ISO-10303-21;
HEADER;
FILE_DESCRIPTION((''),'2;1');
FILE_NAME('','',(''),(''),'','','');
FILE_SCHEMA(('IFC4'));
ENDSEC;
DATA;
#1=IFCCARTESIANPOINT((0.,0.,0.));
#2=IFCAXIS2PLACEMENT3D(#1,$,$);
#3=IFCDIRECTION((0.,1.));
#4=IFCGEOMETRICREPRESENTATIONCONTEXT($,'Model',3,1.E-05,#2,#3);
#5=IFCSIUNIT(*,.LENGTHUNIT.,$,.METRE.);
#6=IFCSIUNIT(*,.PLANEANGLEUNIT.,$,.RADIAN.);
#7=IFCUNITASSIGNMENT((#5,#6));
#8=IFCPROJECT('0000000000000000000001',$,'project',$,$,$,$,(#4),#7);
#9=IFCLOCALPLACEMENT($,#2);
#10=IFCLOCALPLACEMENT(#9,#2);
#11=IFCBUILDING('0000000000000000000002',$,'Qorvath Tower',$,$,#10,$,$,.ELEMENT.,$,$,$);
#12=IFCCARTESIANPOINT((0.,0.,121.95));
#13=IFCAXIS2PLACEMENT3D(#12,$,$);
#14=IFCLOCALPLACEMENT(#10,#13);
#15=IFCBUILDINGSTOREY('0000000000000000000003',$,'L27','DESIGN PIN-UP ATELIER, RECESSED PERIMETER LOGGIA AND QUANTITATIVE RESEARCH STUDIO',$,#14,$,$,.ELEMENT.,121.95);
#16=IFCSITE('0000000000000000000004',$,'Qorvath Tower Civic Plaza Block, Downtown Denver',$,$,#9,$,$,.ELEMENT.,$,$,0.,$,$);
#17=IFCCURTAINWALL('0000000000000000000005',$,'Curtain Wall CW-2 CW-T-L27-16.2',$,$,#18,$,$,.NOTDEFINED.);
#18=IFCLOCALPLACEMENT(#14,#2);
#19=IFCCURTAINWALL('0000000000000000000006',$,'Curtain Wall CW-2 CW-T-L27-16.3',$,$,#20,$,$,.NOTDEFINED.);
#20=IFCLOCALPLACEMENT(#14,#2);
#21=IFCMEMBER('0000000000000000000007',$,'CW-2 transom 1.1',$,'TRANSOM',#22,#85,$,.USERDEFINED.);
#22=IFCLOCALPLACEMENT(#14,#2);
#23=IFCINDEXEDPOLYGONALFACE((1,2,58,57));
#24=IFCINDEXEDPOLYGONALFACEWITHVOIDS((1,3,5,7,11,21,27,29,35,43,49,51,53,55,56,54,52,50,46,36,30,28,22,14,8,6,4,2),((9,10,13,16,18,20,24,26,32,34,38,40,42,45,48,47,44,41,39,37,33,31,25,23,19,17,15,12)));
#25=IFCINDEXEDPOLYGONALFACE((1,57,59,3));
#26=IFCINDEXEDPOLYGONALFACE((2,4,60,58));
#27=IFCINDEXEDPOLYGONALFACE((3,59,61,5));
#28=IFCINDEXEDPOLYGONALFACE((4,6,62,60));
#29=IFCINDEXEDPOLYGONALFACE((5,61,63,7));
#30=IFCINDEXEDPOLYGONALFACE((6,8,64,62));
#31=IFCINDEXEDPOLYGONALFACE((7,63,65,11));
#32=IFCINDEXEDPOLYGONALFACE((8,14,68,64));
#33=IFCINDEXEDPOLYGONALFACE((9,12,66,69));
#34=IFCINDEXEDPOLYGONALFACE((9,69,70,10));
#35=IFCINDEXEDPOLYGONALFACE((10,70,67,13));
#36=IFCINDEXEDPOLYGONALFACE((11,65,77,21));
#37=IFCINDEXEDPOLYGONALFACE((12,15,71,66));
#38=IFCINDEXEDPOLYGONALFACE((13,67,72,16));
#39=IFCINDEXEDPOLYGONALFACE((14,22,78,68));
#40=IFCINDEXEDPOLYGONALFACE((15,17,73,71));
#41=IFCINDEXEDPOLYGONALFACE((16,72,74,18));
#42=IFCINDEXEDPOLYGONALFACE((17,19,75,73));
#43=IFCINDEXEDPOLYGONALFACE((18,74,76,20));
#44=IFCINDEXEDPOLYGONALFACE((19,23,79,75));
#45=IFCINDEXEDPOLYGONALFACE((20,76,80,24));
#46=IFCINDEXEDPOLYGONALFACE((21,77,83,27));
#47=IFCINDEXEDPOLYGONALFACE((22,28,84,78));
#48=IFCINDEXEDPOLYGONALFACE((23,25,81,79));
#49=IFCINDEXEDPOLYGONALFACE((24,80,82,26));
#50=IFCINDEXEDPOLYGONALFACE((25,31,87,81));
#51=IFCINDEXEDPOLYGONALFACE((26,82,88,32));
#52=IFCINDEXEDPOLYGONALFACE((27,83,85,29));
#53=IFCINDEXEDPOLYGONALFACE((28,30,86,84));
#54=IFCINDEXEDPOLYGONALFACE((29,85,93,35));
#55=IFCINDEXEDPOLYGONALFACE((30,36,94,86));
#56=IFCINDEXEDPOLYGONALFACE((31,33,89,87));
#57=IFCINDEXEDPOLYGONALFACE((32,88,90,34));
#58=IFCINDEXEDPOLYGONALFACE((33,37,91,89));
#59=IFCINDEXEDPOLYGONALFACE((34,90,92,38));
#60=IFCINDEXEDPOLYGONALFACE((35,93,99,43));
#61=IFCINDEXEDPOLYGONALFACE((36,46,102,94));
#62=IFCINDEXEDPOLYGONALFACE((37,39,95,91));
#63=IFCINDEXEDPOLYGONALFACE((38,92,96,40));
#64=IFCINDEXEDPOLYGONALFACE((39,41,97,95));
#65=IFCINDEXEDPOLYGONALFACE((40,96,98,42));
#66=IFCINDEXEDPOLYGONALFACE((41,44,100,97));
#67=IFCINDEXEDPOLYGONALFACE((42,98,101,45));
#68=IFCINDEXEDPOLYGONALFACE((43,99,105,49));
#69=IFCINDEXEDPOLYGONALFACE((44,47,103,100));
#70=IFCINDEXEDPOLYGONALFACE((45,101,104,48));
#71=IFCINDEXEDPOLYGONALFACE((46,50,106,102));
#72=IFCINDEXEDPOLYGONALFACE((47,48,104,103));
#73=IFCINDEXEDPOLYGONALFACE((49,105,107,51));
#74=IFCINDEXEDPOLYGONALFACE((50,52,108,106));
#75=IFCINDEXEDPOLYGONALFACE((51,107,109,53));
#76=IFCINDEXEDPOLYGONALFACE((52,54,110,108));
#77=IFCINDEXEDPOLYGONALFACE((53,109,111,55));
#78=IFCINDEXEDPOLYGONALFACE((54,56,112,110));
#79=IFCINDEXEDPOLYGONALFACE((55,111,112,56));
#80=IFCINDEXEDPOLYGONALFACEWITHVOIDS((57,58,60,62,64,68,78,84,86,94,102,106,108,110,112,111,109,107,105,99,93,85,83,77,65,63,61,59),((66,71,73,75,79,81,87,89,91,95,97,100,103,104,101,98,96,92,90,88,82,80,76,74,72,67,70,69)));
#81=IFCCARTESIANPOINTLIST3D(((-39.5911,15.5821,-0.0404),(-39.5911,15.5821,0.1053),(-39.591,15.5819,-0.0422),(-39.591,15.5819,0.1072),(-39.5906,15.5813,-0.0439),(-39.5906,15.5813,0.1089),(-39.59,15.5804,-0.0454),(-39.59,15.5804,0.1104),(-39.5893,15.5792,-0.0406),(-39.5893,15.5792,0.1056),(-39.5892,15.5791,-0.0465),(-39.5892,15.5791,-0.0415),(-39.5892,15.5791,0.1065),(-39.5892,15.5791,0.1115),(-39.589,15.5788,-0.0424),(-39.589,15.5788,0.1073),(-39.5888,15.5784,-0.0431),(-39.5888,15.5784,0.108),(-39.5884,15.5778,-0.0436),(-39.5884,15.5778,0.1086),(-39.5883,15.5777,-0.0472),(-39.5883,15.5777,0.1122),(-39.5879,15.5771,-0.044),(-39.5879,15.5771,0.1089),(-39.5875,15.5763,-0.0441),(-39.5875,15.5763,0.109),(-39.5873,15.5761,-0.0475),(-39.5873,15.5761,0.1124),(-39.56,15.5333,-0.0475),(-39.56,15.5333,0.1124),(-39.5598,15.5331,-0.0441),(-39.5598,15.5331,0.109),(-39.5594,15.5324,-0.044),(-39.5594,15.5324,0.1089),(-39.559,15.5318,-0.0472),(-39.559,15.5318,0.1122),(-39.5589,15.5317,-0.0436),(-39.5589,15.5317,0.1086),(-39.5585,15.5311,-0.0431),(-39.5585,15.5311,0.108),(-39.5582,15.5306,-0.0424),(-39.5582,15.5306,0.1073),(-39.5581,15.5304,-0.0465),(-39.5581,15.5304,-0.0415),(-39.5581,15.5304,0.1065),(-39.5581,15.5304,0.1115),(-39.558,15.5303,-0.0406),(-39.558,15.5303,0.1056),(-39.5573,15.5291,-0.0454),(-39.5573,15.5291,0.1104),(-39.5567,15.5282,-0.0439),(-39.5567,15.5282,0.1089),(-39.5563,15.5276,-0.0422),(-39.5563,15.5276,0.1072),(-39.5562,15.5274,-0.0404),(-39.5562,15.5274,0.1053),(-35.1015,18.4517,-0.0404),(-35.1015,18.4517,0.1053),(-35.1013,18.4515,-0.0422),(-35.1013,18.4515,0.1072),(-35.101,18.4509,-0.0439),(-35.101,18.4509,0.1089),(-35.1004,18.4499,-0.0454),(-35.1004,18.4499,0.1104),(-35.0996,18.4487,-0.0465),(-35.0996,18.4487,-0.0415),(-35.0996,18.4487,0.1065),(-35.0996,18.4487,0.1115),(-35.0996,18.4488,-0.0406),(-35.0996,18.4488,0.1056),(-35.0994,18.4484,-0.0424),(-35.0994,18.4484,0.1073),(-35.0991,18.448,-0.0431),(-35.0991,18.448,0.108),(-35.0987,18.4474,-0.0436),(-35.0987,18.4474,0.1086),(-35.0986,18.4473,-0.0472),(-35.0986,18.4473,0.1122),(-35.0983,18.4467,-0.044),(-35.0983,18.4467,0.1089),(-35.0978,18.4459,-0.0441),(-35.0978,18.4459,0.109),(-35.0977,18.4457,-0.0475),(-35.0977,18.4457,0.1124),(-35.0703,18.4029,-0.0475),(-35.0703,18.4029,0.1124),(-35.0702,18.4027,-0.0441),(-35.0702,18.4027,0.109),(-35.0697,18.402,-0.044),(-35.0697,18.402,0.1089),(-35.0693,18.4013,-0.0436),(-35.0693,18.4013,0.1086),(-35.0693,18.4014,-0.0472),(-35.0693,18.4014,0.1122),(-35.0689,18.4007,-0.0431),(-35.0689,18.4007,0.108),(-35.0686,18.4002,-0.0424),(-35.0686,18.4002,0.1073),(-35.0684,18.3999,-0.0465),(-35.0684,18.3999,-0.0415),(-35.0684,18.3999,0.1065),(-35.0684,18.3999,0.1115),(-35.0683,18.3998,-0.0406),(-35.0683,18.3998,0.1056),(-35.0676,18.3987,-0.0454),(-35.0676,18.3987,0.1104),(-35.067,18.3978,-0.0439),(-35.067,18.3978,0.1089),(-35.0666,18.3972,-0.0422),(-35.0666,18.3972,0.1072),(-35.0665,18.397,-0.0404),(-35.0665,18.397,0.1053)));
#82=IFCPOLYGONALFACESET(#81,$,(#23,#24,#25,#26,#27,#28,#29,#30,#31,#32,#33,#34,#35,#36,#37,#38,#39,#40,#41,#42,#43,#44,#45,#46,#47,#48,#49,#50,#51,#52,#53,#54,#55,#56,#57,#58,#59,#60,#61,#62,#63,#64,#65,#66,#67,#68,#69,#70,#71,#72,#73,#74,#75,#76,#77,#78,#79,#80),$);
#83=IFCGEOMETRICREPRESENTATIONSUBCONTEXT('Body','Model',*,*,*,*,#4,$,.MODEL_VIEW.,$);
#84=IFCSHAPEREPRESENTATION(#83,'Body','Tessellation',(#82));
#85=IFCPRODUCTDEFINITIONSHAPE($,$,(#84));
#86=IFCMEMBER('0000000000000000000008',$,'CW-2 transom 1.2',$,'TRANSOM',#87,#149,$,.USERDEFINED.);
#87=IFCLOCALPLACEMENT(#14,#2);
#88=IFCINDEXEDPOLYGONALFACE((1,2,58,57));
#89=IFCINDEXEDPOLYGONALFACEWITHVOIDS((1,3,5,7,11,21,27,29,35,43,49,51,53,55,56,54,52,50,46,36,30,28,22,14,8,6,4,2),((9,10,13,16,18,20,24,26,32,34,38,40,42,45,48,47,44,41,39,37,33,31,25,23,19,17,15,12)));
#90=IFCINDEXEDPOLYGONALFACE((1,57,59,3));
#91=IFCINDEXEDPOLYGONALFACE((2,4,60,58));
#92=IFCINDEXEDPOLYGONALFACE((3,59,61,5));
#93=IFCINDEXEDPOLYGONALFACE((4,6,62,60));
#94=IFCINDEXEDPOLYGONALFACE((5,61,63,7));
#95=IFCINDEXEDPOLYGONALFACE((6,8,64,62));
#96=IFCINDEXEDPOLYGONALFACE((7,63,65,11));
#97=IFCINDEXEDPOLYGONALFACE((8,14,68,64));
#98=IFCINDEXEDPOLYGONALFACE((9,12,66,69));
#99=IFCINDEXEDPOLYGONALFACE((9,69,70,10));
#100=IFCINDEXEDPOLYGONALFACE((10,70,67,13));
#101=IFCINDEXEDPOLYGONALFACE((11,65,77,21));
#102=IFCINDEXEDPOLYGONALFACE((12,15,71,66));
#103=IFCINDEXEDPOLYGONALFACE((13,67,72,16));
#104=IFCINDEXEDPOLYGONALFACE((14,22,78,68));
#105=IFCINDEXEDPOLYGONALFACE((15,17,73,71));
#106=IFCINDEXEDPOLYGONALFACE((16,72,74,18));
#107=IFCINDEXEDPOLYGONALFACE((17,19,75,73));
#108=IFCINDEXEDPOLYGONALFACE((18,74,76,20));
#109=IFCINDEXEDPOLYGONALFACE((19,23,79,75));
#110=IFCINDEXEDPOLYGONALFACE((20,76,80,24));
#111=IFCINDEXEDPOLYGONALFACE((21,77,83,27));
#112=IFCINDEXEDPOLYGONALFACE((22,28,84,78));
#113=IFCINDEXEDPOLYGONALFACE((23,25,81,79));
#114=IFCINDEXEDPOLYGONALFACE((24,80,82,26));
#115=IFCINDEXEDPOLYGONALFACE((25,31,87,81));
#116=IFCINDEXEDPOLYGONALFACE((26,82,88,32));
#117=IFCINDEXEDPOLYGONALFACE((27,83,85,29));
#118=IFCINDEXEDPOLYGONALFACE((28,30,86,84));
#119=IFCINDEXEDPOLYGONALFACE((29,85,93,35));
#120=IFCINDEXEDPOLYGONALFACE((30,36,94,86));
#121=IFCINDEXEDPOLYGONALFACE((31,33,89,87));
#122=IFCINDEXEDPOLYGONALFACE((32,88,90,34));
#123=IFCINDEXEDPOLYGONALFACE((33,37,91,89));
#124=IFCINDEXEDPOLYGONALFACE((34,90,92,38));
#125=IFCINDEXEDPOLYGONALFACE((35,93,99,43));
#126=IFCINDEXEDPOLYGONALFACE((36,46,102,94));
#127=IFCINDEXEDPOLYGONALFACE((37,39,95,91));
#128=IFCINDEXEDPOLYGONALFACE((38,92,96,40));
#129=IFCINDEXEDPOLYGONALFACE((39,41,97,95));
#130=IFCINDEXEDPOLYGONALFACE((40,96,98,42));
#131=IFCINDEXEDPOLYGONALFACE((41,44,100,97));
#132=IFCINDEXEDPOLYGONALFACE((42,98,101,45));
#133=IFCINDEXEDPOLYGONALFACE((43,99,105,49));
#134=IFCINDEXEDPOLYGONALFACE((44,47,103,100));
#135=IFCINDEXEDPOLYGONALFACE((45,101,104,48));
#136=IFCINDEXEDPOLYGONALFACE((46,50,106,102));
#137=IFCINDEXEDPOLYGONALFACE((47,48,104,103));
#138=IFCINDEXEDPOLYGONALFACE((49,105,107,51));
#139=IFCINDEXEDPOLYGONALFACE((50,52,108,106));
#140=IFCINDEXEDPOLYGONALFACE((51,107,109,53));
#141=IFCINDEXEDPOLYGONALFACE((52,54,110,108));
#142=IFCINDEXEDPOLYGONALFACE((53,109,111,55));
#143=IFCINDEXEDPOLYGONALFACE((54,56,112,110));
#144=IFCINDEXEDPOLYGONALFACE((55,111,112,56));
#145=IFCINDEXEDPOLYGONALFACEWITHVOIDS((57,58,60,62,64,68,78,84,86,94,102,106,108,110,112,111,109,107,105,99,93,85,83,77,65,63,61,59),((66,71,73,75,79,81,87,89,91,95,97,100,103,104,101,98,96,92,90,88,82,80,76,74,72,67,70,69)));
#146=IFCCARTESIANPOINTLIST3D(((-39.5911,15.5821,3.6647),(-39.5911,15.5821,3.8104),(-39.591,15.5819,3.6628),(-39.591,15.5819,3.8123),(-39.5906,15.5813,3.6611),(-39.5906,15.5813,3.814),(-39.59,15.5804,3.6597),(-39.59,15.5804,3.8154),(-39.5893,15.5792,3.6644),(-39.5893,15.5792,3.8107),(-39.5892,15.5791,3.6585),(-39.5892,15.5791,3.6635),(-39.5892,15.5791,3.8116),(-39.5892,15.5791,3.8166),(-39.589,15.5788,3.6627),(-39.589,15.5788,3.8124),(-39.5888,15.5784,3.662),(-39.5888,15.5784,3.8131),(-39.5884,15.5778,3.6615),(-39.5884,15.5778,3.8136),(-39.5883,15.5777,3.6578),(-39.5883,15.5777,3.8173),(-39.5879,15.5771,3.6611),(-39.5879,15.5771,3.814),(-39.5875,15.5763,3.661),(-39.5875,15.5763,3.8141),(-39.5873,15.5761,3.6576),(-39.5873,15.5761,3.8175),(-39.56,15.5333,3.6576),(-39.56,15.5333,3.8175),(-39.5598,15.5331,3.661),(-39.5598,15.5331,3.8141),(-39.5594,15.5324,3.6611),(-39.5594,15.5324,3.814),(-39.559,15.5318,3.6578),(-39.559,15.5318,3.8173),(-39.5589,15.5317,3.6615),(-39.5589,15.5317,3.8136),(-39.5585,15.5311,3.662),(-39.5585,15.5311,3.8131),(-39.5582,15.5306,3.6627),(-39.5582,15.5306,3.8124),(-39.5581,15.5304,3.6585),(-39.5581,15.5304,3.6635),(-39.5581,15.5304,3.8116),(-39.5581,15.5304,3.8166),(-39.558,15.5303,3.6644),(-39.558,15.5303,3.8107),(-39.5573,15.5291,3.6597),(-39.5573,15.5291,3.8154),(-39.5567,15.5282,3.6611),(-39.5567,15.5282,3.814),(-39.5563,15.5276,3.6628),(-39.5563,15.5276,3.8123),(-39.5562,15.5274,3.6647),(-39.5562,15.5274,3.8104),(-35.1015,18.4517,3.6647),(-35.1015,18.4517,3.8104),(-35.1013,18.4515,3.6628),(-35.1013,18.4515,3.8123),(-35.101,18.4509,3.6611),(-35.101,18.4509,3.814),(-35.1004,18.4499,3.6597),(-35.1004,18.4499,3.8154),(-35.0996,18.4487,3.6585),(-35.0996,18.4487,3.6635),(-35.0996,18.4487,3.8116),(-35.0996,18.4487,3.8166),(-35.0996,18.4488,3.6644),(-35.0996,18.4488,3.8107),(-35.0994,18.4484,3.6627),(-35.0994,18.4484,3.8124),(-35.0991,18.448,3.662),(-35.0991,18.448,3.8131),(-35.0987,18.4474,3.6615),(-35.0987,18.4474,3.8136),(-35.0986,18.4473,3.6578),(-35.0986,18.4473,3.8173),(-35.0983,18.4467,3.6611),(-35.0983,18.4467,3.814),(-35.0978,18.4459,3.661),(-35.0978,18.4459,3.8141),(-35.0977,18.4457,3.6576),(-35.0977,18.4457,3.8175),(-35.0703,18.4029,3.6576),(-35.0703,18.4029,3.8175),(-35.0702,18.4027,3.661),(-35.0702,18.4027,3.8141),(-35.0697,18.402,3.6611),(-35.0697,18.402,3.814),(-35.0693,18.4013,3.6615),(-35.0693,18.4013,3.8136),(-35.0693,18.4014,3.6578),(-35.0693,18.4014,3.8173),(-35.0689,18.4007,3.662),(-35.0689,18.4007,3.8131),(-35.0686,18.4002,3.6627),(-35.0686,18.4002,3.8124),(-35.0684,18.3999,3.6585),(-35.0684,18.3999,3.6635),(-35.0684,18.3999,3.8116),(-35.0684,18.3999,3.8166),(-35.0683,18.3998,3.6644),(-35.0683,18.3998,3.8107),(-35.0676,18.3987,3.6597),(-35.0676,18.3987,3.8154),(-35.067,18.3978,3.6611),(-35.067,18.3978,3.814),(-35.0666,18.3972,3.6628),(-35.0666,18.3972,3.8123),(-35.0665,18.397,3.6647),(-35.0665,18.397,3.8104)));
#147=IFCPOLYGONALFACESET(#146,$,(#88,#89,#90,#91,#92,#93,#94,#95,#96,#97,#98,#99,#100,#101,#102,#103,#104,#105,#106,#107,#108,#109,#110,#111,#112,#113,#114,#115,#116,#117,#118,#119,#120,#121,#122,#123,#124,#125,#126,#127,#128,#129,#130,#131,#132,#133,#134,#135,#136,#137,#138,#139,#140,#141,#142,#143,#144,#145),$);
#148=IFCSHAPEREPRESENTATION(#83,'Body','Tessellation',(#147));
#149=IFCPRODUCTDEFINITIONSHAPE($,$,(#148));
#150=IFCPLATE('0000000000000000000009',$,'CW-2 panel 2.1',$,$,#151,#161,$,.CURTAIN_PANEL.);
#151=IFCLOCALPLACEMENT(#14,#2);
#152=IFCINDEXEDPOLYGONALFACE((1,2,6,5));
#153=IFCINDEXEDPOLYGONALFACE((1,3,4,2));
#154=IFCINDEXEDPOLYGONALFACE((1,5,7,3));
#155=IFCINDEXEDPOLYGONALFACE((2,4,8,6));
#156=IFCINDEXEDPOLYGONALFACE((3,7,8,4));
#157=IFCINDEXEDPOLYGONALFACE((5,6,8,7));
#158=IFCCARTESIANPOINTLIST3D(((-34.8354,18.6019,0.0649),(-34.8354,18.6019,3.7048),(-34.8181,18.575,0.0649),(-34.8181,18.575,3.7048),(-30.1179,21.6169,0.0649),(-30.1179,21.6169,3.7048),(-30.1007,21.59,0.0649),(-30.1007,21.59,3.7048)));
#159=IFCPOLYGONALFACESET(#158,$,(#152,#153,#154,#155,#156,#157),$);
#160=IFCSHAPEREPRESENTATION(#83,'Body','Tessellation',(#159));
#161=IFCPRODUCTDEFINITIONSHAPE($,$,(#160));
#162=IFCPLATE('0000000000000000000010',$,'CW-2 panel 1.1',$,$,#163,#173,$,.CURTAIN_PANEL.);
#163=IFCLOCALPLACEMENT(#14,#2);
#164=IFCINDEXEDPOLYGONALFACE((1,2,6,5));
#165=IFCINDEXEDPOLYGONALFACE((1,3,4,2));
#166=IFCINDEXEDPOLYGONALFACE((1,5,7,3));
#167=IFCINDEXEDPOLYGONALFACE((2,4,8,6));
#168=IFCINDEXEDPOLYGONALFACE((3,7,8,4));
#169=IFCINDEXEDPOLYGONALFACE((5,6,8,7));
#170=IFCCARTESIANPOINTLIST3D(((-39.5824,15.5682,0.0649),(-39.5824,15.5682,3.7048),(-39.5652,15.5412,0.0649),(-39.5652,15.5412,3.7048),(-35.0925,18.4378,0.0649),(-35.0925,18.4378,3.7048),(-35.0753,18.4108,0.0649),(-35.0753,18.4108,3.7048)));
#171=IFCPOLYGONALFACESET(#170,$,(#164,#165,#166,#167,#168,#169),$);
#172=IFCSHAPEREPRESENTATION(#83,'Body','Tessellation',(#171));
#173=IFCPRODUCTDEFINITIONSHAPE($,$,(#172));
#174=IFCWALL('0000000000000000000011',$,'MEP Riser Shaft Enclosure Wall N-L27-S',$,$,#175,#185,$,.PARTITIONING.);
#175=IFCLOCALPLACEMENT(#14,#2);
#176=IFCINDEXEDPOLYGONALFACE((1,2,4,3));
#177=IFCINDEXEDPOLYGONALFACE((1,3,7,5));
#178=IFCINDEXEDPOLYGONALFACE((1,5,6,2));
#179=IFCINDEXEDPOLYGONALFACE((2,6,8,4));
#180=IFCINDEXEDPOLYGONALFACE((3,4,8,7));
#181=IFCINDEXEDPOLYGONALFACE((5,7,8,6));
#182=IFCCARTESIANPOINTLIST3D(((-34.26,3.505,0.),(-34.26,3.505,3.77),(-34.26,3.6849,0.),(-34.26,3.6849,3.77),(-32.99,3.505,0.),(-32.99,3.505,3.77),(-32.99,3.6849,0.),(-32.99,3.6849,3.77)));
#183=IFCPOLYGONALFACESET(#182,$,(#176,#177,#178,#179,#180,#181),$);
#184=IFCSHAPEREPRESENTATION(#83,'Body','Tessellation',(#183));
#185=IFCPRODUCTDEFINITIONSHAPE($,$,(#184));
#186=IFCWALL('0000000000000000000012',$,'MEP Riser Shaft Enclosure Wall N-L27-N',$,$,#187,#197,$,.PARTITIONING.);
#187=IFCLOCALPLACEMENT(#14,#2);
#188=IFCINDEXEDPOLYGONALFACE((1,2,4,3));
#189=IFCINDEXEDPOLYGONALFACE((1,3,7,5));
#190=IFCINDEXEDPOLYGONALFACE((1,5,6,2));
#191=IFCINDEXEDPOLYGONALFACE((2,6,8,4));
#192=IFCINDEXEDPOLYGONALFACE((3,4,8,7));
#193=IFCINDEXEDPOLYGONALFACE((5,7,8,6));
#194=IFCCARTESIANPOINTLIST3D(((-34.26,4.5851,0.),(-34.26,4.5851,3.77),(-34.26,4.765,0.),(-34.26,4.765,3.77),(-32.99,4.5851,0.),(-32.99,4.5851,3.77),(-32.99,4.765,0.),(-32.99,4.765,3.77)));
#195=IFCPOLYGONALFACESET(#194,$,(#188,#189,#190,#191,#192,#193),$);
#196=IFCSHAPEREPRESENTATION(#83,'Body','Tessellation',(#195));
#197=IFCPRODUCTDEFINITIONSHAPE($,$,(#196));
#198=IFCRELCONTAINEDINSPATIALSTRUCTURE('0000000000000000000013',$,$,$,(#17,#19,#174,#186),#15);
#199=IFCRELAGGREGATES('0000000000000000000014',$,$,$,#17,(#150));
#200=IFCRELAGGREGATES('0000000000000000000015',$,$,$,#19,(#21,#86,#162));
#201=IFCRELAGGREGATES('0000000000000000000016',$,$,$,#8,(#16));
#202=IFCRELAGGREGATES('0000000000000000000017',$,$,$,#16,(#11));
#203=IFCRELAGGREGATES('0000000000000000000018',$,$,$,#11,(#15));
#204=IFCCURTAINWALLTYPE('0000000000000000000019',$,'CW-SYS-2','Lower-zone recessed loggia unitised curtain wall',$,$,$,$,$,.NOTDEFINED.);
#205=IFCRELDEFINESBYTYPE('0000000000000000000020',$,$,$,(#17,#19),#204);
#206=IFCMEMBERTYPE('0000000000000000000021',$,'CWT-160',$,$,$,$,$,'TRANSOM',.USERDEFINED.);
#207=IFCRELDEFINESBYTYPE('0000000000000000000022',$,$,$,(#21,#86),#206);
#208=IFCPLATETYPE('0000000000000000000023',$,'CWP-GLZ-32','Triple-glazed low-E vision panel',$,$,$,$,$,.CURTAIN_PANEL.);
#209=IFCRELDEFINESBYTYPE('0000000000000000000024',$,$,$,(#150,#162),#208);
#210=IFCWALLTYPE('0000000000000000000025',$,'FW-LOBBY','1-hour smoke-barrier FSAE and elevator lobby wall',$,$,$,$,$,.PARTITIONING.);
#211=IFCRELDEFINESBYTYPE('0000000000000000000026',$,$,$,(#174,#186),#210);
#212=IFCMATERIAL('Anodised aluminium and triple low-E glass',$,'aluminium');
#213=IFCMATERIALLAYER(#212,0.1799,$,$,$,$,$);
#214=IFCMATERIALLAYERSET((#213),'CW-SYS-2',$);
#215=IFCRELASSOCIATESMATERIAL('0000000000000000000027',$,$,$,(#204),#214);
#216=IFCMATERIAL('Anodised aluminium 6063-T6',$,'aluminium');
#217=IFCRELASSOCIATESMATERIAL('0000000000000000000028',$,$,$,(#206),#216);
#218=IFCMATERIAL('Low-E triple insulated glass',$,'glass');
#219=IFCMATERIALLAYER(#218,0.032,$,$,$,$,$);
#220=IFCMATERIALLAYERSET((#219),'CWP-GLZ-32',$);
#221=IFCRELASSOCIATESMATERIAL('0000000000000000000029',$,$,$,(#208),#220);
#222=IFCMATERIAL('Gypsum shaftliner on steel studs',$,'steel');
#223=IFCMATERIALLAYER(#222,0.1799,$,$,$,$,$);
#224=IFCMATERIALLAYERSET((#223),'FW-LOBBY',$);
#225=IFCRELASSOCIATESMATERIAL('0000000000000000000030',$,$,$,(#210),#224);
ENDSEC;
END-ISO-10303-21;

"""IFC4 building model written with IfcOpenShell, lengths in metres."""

from ifc_helpers import new_model, si_unit, direction, frame, frame_2d, origin, origin_2d, place, context, subcontext, project, spatial, rectangle, hollow_rectangle, extrude, material, layer, layer_set, material_profile, profile_set, type_object, element, aggregate, save


model = new_model("IFC4")

# Units and contexts
model_context = context("Model", 3, precision=1e-05, world=origin(), true_north=direction((0.0, 1.0)))
body_context = subcontext(model_context, "Body", "Model", "MODEL_VIEW")
ifc_project = project(units=[si_unit("LENGTHUNIT", "METRE"), si_unit("PLANEANGLEUNIT", "RADIAN")], contexts=[model_context])

# Site, building, storey
site_placement = place(None, origin())
site = spatial("IfcSite", under=ifc_project, at=site_placement, Name="Qorvath Tower Civic Plaza Block, Downtown Denver", CompositionType="ELEMENT", RefElevation=0.0)
building_placement = place(site_placement, origin())
building = spatial("IfcBuilding", under=site, at=building_placement, Name="Qorvath Tower", CompositionType="ELEMENT")
storey_placement = place(building_placement, frame((0.0, 0.0, 121.95)))
storey = spatial("IfcBuildingStorey", under=building, at=storey_placement, Name="L27", Description="DESIGN PIN-UP ATELIER, RECESSED PERIMETER LOGGIA AND QUANTITATIVE RESEARCH STUDIO", CompositionType="ELEMENT", Elevation=121.95)

# Curtain wall
ifc_material_1 = material(Name="Anodised aluminium and triple low-E glass", Category="aluminium")
ifc_layer_1 = layer(ifc_material_1, 0.1799)
ifc_layer_set_1 = layer_set([ifc_layer_1], Name="CW-SYS-2")
curtain_wall_type = type_object("IfcCurtainWallType", Name="CW-SYS-2", Description="Lower-zone recessed loggia unitised curtain wall", PredefinedType="NOTDEFINED", material=ifc_layer_set_1)
curtain_wall_1_placement = place(storey_placement, origin())
curtain_wall_1 = element("IfcCurtainWall", 1, at=curtain_wall_1_placement, inside=storey, type_object=curtain_wall_type, Name="Curtain Wall CW-2 CW-T-L27-16.2", PredefinedType="NOTDEFINED")

# Curtain wall, members
curtain_wall_2_placement = place(storey_placement, origin())
curtain_wall_2 = element("IfcCurtainWall", 2, at=curtain_wall_2_placement, inside=storey, type_object=curtain_wall_type, Name="Curtain Wall CW-2 CW-T-L27-16.3", PredefinedType="NOTDEFINED")
ifc_material_2 = material(Name="Anodised aluminium 6063-T6", Category="aluminium")
ifc_material_profile_1 = material_profile(ifc_material_2, hollow_rectangle(XDim=0.0649, YDim=0.1599, WallThickness=0.0034, InnerFilletRadius=0.0034, OuterFilletRadius=0.0071, at=origin_2d()), Name="CWT 160x65")
ifc_profile_set_1 = profile_set([ifc_material_profile_1], Name="Anodised aluminium 6063-T6")
member_type_1 = type_object("IfcMemberType", Name="CWT-160", ElementType="TRANSOM", PredefinedType="USERDEFINED", material=ifc_profile_set_1)
member_1_placement = place(storey_placement, frame((-35.084, 18.4243, 0.0325), z_axis=(-0.842596, -0.538547, 0.0), x_axis=(0.538547, -0.842596, 0.0)))
member_1 = element("IfcMember", 3, at=member_1_placement, type_object=member_type_1, Name="CW-2 transom 1.1", ObjectType="TRANSOM", PredefinedType="USERDEFINED", context=body_context, shape_type="SweptSolid", body=[
    extrude(hollow_rectangle(XDim=0.0649, YDim=0.1599, WallThickness=0.0034, InnerFilletRadius=0.0034, OuterFilletRadius=0.0071, at=origin_2d()), origin(), (0.0, 0.0, 1.0), 5.3284),
])
member_2_placement = place(storey_placement, frame((-35.084, 18.4243, 3.7375), z_axis=(-0.842596, -0.538547, 0.0), x_axis=(0.538547, -0.842596, 0.0)))
member_2 = element("IfcMember", 4, at=member_2_placement, type_object=member_type_1, Name="CW-2 transom 1.2", ObjectType="TRANSOM", PredefinedType="USERDEFINED", context=body_context, shape_type="SweptSolid", body=[
    extrude(hollow_rectangle(XDim=0.0649, YDim=0.1599, WallThickness=0.0034, InnerFilletRadius=0.0034, OuterFilletRadius=0.0071, at=origin_2d()), origin(), (0.0, 0.0, 1.0), 5.3284),
])

# Plates
ifc_material_3 = material(Name="Low-E triple insulated glass", Category="glass")
ifc_layer_2 = layer(ifc_material_3, 0.032)
ifc_layer_set_2 = layer_set([ifc_layer_2], Name="CWP-GLZ-32")
plate_type = type_object("IfcPlateType", Name="CWP-GLZ-32", Description="Triple-glazed low-E vision panel", PredefinedType="CURTAIN_PANEL", material=ifc_layer_set_2)
plate_1_placement = place(storey_placement, frame((-32.468, 20.0959, 0.0649), z_axis=(0.0, 0.0, 1.0), x_axis=(-0.842607, -0.53853, 0.0)))
plate_1 = element("IfcPlate", 5, at=plate_1_placement, type_object=plate_type, Name="CW-2 panel 2.1", PredefinedType="CURTAIN_PANEL", context=body_context, shape_type="SweptSolid", body=[
    extrude(rectangle(XDim=5.5986, YDim=0.032, at=origin_2d()), origin(), (0.0, 0.0, 1.0), 3.6399),
])
aggregate(curtain_wall_1, [plate_1])
plate_2_placement = place(storey_placement, frame((-37.3289, 16.9895, 0.0649), z_axis=(0.0, 0.0, 1.0), x_axis=(-0.842604, -0.538534, 0.0)))
plate_2 = element("IfcPlate", 6, at=plate_2_placement, type_object=plate_type, Name="CW-2 panel 1.1", PredefinedType="CURTAIN_PANEL", context=body_context, shape_type="SweptSolid", body=[
    extrude(rectangle(XDim=5.3286, YDim=0.032, at=origin_2d()), origin(), (0.0, 0.0, 1.0), 3.6399),
])
aggregate(curtain_wall_2, [member_1, member_2, plate_2])

# Walls
ifc_material_4 = material(Name="Gypsum shaftliner on steel studs", Category="steel")
ifc_layer_3 = layer(ifc_material_4, 0.1799)
ifc_layer_set_3 = layer_set([ifc_layer_3], Name="FW-LOBBY")
wall_type_1 = type_object("IfcWallType", Name="FW-LOBBY", Description="1-hour smoke-barrier FSAE and elevator lobby wall", PredefinedType="PARTITIONING", material=ifc_layer_set_3)
for number, where, z_axis, x_axis, name in (
    (7, (-32.99, 3.595, 0.0), (0.0, 0.0, 1.0), (-1.0, 0.0, 0.0), "MEP Riser Shaft Enclosure Wall N-L27-S"),
    (8, (-34.26, 4.675, 0.0), (0.0, 0.0, 1.0), (1.0, 0.0, 0.0), "MEP Riser Shaft Enclosure Wall N-L27-N"),
):
    element("IfcWall", number, at=place(storey_placement, frame(where, z_axis=z_axis, x_axis=x_axis)), inside=storey, type_object=wall_type_1, Name=name, PredefinedType="PARTITIONING", context=body_context, shape_type="SweptSolid", body=[
        extrude(rectangle(XDim=1.27, YDim=0.1799, at=frame_2d((0.635, 0.0))), origin(), (0.0, 0.0, 1.0), 3.77),
    ])

save(model, "model.ifc")
